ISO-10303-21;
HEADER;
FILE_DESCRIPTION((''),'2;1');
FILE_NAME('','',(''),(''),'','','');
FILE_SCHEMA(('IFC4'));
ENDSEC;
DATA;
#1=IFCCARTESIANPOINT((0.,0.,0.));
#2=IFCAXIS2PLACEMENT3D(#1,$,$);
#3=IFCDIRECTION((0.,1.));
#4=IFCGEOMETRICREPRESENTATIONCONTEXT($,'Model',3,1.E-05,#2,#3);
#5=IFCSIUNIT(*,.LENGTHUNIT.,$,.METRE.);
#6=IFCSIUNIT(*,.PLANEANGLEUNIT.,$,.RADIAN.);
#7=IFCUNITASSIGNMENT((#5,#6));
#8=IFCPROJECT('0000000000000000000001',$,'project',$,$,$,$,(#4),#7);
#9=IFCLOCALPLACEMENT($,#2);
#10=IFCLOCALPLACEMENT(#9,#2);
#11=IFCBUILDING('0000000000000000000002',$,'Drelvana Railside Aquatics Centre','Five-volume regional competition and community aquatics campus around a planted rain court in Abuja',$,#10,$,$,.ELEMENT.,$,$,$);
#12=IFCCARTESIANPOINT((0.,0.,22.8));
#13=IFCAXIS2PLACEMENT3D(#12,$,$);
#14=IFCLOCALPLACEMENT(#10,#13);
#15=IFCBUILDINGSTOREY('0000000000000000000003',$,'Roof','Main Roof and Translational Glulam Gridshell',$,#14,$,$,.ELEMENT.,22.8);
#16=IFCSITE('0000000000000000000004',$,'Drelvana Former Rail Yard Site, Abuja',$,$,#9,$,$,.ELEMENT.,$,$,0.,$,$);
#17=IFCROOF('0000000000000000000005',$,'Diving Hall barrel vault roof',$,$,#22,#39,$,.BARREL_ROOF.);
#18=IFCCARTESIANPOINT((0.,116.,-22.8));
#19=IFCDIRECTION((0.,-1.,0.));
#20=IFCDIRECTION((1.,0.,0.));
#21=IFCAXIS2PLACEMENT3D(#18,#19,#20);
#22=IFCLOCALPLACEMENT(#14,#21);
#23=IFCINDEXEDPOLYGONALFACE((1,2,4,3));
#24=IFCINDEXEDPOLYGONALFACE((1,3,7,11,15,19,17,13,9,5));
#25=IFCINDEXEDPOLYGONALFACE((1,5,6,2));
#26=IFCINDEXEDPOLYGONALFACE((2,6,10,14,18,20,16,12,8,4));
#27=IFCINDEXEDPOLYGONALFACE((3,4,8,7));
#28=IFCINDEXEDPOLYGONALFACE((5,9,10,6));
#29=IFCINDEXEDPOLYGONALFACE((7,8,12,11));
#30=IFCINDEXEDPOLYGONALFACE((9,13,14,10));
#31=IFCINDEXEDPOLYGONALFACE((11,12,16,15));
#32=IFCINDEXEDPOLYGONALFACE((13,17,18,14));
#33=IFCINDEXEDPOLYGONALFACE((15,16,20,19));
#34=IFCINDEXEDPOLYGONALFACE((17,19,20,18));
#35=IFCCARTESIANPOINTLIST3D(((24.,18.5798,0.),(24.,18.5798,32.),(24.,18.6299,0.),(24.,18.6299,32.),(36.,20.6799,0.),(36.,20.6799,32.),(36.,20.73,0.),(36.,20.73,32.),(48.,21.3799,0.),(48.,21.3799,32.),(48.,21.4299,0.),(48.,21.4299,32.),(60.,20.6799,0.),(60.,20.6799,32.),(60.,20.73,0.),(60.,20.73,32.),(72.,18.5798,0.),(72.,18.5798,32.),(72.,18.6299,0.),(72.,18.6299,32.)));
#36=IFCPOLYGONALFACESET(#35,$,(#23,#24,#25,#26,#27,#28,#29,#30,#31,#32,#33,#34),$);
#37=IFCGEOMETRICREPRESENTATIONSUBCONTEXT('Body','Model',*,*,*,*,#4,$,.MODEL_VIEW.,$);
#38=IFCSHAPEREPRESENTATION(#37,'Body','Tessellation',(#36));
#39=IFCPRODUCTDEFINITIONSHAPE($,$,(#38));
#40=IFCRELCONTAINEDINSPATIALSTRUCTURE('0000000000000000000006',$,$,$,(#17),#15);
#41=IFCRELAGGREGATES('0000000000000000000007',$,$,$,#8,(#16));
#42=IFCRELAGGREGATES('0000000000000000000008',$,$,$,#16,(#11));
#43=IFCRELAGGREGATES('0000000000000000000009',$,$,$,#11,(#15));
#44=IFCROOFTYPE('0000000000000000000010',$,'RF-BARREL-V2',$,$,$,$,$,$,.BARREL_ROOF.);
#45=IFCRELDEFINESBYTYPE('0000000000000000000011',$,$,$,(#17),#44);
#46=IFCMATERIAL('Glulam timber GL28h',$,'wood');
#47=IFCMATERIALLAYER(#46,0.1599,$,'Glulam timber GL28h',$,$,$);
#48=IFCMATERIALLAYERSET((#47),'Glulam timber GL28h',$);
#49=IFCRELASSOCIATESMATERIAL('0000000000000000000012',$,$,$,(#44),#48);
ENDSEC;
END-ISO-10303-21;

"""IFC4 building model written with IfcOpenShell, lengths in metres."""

from ifc_helpers import new_model, si_unit, direction, frame, origin, place, context, subcontext, project, spatial, polyline, outline, extrude, material, layer, layer_set, type_object, element, save


model = new_model("IFC4")

# Units and contexts
model_context = context("Model", 3, precision=1e-05, world=origin(), true_north=direction((0.0, 1.0)))
body_context = subcontext(model_context, "Body", "Model", "MODEL_VIEW")
ifc_project = project(units=[si_unit("LENGTHUNIT", "METRE"), si_unit("PLANEANGLEUNIT", "RADIAN")], contexts=[model_context])

# Site, building, storey
site_placement = place(None, origin())
site = spatial("IfcSite", under=ifc_project, at=site_placement, Name="Drelvana Former Rail Yard Site, Abuja", CompositionType="ELEMENT", RefElevation=0.0)
building_placement = place(site_placement, origin())
building = spatial("IfcBuilding", under=site, at=building_placement, Name="Drelvana Railside Aquatics Centre", Description="Five-volume regional competition and community aquatics campus around a planted rain court in Abuja", CompositionType="ELEMENT")
storey_placement = place(building_placement, frame((0.0, 0.0, 22.8)))
storey = spatial("IfcBuildingStorey", under=building, at=storey_placement, Name="Roof", Description="Main Roof and Translational Glulam Gridshell", CompositionType="ELEMENT", Elevation=22.8)

# Shared definitions
ifc_material_1 = material(Name="Glulam timber GL28h", Category="wood")

# Roof
ifc_layer_1 = layer(ifc_material_1, 0.1599, Name="Glulam timber GL28h")
ifc_layer_set_1 = layer_set([ifc_layer_1], Name="Glulam timber GL28h")
roof_type = type_object("IfcRoofType", Name="RF-BARREL-V2", PredefinedType="BARREL_ROOF", material=ifc_layer_set_1)
roof_placement = place(storey_placement, frame((0.0, 116.0, -22.8), z_axis=(0.0, -1.0, 0.0), x_axis=(1.0, 0.0, 0.0)))
element("IfcRoof", 1, at=roof_placement, inside=storey, type_object=roof_type, Name="Diving Hall barrel vault roof", PredefinedType="BARREL_ROOF", context=body_context, shape_type="SweptSolid", body=[
    extrude(outline(polyline([(24.0, 18.6299), (36.0, 20.73), (48.0, 21.4299), (60.0, 20.73), (72.0, 18.6299), (72.0, 18.5798), (60.0, 20.6799), (48.0, 21.3799), (36.0, 20.6799), (24.0, 18.5798), (24.0, 18.6299)])), origin(), (0.0, 0.0, 1.0), 32.0),
])

save(model, "model.ifc")
